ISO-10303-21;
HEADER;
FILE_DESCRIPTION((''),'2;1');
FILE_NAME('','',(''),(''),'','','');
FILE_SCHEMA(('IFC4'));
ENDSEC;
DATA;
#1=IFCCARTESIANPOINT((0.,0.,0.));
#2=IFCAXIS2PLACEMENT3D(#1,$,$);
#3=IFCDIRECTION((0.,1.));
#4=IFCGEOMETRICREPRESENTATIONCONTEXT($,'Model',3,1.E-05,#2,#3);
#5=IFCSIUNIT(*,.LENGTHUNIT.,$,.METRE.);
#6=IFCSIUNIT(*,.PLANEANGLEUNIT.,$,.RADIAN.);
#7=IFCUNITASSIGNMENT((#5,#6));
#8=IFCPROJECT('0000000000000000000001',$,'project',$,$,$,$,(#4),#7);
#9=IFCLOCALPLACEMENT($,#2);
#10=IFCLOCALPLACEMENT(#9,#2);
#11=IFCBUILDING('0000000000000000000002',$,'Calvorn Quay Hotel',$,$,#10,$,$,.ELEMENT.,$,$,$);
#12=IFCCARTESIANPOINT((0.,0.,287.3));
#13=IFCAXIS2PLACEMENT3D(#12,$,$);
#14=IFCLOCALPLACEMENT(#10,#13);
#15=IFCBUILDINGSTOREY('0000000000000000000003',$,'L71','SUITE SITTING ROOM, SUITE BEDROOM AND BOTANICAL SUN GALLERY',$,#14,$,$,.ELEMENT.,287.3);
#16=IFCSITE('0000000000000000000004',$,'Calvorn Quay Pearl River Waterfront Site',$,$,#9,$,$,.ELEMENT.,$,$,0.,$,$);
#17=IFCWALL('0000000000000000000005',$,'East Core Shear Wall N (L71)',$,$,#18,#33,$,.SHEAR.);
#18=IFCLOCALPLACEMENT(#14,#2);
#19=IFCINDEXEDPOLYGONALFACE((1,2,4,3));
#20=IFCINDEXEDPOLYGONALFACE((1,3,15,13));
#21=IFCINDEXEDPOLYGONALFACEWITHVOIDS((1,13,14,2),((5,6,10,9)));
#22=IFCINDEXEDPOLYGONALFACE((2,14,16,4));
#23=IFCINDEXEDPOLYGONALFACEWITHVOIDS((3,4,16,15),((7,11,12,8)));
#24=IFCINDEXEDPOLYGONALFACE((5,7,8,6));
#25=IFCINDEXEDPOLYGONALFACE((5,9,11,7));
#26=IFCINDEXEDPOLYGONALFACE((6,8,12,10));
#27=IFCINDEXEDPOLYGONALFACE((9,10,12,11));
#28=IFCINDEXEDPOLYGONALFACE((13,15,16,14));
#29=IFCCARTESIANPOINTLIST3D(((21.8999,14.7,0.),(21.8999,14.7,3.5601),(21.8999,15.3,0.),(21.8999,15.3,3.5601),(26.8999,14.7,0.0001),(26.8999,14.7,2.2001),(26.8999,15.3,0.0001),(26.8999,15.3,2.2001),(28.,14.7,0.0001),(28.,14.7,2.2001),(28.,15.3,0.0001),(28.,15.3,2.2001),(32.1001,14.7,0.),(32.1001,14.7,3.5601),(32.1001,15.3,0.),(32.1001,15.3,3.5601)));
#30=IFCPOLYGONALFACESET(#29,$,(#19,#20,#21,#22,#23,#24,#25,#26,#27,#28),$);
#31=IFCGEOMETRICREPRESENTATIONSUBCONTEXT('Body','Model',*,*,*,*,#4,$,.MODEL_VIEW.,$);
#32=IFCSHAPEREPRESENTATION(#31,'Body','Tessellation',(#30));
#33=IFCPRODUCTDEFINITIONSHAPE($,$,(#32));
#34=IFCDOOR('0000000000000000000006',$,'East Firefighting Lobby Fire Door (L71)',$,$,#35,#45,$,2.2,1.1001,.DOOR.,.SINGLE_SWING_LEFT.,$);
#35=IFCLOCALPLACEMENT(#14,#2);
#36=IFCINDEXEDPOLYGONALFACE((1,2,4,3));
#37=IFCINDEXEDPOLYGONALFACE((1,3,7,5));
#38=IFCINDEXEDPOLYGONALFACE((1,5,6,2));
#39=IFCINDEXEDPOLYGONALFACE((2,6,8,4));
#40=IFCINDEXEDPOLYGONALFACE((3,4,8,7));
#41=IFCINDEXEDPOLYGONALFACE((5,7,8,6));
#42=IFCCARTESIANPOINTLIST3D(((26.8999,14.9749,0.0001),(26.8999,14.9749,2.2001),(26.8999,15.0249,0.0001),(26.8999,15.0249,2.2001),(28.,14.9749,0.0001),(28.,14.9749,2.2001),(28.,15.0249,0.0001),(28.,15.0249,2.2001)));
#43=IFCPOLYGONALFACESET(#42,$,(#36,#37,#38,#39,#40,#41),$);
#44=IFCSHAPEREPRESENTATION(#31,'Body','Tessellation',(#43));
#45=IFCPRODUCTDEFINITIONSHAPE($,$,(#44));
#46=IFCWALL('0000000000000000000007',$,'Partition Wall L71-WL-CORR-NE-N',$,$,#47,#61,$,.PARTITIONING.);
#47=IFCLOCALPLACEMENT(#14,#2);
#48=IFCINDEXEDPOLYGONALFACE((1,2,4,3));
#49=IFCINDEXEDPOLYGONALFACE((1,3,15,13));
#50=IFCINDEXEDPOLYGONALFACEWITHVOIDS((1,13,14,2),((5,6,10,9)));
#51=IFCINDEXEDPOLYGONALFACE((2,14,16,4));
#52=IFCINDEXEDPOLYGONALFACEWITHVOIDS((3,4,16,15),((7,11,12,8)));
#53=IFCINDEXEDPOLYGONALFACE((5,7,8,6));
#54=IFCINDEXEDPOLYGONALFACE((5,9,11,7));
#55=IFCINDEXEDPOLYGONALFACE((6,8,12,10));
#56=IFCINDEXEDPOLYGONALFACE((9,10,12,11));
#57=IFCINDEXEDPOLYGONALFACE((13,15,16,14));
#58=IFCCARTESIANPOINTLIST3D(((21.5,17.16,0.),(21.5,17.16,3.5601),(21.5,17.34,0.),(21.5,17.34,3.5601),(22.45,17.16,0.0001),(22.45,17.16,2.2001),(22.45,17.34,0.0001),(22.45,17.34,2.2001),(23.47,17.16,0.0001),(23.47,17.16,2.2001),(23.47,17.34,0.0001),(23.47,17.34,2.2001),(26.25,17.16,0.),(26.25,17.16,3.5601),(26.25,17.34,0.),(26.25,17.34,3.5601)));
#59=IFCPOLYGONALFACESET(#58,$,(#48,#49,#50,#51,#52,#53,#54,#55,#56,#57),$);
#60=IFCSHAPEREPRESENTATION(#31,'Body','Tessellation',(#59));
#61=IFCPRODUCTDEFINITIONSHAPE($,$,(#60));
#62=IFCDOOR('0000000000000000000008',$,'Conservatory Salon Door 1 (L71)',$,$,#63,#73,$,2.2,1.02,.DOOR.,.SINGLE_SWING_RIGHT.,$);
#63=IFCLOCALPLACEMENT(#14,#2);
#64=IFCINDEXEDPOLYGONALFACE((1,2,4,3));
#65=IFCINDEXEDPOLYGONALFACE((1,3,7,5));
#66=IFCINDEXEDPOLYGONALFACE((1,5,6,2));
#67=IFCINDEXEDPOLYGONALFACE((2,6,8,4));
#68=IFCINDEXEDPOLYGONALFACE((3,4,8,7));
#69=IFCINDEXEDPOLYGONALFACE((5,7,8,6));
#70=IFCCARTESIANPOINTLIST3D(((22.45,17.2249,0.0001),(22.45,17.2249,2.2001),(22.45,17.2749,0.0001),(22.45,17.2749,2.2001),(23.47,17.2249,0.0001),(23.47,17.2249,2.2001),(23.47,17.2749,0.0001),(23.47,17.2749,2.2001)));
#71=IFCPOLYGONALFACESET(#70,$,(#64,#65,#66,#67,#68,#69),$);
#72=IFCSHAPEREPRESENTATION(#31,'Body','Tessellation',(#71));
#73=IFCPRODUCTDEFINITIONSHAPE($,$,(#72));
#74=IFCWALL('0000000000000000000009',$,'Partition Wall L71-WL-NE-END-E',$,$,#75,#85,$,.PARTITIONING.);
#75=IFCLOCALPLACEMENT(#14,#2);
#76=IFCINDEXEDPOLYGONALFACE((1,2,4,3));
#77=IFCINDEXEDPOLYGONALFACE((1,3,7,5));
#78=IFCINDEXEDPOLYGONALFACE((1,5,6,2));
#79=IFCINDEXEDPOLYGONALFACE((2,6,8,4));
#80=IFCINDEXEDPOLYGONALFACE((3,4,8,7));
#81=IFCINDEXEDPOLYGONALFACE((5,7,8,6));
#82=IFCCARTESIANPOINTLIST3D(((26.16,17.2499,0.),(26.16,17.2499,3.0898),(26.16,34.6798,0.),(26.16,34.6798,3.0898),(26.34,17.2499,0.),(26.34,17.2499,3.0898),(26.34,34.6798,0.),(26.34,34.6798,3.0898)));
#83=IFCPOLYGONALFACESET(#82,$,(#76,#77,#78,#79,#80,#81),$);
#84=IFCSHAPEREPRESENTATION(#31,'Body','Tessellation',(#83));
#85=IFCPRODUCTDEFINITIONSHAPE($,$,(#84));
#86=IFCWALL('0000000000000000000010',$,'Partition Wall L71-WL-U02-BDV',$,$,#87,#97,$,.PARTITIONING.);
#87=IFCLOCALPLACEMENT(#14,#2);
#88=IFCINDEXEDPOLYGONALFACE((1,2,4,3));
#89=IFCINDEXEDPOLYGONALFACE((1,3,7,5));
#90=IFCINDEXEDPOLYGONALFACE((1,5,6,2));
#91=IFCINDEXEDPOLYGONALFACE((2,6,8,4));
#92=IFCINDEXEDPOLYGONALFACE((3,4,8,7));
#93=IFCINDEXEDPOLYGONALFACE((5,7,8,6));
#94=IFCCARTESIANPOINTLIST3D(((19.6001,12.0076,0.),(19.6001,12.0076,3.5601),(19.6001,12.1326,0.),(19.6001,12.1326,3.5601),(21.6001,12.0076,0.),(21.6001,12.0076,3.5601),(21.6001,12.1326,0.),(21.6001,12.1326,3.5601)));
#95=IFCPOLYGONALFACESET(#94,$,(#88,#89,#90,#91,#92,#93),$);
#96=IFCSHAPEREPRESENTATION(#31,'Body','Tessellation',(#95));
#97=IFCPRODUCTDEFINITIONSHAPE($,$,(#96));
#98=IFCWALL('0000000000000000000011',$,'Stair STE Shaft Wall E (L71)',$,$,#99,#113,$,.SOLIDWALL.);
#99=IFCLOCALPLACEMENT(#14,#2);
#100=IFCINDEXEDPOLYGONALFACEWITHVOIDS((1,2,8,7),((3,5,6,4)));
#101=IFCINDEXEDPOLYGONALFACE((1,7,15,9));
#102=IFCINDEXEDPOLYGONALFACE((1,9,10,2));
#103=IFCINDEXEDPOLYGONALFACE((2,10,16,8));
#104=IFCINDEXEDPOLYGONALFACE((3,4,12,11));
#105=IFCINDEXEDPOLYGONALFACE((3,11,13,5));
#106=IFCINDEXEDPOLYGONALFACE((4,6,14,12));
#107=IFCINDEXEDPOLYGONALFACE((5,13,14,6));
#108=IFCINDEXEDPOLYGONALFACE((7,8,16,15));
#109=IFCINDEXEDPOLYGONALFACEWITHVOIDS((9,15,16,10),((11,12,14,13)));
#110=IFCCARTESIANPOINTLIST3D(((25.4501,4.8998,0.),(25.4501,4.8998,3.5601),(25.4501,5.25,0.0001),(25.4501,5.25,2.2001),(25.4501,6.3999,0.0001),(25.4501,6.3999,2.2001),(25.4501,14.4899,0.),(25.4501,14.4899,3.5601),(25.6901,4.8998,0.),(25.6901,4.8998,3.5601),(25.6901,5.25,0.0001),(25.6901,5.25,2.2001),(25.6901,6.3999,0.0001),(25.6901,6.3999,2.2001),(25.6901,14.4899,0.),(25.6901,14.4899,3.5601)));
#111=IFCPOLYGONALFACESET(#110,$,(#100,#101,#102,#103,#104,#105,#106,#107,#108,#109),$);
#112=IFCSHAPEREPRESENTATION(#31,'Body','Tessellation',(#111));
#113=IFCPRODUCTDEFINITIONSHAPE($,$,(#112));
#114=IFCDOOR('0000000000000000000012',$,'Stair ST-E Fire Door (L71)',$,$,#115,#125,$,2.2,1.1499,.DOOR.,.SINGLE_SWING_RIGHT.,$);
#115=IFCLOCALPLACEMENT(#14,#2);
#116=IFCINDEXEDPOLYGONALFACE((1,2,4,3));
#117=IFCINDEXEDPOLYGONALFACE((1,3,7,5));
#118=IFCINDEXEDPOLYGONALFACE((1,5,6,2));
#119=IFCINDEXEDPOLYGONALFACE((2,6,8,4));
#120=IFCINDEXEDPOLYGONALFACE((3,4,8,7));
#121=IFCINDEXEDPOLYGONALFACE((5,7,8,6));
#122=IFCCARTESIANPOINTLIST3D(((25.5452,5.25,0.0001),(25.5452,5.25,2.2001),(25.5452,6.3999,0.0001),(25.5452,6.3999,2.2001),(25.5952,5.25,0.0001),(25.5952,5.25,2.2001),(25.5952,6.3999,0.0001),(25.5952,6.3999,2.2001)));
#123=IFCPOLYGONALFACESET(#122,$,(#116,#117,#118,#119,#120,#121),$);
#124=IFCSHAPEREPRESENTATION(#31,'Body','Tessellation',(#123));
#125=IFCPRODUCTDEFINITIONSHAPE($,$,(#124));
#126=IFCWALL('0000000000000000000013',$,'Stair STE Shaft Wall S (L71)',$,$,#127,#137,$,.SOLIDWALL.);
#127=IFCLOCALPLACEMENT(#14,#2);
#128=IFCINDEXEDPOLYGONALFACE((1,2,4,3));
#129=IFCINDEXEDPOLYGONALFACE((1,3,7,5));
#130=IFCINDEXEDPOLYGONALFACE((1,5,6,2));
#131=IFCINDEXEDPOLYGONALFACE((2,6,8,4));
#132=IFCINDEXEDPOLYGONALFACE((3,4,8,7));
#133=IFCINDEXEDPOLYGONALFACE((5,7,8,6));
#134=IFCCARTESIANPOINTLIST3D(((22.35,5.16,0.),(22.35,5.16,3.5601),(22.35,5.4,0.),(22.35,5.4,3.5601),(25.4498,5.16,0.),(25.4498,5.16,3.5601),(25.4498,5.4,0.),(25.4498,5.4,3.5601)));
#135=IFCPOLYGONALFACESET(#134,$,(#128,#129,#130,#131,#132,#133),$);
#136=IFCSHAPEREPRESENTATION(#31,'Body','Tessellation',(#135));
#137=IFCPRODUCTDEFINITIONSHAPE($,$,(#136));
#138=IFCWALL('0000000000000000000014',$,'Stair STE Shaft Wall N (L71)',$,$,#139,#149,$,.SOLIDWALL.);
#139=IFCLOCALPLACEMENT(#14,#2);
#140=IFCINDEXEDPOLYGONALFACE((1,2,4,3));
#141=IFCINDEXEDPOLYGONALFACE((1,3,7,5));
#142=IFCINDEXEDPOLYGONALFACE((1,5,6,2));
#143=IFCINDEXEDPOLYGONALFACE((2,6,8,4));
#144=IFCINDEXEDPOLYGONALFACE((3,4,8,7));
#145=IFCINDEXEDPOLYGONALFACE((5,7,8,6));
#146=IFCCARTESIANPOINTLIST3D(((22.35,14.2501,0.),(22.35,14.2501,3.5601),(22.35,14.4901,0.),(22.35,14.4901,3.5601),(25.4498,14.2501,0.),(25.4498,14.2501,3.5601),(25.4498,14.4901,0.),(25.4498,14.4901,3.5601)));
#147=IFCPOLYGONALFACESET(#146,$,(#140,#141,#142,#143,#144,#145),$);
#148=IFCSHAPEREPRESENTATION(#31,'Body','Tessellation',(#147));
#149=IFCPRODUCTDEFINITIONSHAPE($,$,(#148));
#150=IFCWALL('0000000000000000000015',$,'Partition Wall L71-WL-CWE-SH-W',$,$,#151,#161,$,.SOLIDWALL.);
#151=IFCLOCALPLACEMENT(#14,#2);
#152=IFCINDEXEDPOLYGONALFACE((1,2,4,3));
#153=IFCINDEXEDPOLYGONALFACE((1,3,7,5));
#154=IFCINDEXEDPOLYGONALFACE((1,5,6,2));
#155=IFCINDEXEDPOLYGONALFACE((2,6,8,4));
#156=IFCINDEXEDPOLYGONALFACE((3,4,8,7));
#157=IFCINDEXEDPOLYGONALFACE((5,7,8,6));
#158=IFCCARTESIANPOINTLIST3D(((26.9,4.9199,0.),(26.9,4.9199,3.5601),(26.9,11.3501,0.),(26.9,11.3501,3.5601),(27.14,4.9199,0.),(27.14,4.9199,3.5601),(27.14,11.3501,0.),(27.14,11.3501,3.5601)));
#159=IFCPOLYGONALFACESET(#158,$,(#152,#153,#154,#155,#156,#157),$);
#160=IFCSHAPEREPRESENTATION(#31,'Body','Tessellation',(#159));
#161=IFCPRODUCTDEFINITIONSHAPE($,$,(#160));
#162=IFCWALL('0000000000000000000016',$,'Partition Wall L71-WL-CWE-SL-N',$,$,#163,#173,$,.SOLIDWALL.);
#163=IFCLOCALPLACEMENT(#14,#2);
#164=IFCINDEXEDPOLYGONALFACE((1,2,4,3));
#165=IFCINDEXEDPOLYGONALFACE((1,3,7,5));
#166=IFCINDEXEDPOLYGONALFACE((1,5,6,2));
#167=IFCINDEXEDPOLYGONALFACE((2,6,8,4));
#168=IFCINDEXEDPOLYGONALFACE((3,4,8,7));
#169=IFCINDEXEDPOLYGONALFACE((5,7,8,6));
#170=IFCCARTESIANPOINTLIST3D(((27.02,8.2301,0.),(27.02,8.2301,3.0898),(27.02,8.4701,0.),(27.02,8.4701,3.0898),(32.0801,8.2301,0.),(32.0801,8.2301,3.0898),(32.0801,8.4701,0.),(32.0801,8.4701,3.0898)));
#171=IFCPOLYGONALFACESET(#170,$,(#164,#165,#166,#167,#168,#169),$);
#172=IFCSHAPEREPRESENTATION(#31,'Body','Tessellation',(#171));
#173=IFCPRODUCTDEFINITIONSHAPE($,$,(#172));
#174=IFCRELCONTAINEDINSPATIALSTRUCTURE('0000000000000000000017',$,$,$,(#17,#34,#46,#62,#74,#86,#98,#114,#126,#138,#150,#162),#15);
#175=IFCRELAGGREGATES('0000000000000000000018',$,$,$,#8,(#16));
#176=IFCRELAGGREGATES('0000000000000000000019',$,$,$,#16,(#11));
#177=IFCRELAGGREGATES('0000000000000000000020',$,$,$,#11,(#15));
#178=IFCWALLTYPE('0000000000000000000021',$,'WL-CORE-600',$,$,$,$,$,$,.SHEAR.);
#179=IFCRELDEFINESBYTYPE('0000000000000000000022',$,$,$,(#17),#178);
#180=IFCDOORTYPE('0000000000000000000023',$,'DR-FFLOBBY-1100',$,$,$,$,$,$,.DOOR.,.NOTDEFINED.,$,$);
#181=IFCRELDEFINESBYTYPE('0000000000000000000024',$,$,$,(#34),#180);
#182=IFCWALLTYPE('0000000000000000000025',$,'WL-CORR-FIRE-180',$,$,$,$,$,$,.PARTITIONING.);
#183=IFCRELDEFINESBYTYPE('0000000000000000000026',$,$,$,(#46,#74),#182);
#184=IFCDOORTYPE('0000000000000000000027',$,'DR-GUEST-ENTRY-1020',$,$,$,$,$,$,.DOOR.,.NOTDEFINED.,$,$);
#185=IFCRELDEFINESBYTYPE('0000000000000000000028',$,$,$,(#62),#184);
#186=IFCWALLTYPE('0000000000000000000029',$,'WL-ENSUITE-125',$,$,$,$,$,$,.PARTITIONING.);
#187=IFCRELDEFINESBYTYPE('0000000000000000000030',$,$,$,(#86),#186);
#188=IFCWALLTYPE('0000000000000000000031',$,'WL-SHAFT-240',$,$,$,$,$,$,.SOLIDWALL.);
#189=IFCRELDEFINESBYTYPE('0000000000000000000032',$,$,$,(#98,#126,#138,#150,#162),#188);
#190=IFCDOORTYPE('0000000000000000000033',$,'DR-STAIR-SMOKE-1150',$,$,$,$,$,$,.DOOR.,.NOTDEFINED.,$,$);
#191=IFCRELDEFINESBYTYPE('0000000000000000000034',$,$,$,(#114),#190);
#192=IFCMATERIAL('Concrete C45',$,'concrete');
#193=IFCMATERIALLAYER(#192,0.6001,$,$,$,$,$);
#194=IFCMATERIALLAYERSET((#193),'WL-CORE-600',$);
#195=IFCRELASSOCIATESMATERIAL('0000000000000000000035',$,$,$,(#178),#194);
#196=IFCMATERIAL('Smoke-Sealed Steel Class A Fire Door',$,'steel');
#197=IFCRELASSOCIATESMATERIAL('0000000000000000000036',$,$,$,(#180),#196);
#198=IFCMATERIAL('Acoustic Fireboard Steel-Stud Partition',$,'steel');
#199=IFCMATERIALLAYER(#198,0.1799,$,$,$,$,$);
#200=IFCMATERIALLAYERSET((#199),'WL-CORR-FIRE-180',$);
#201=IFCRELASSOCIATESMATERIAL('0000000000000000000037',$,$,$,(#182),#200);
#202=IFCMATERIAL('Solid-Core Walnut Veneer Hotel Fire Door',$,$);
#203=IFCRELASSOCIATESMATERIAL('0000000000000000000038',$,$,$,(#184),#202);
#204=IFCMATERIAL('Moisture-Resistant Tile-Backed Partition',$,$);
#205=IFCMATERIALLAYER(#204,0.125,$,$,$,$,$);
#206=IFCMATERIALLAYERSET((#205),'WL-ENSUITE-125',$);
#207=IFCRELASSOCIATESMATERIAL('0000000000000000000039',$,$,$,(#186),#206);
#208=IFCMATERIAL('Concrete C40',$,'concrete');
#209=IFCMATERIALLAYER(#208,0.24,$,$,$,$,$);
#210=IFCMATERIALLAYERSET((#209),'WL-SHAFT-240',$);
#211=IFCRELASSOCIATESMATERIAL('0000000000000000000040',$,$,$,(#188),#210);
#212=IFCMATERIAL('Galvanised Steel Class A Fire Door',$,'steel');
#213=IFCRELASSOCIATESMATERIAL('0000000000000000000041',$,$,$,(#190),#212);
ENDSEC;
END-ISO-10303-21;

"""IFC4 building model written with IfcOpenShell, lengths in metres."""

from ifc_helpers import new_model, si_unit, direction, frame, frame_2d, origin, place, context, subcontext, project, spatial, rectangle, extrude, material, layer, layer_set, type_object, element, fill, save


model = new_model("IFC4")

# Units and contexts
model_context = context("Model", 3, precision=1e-05, world=origin(), true_north=direction((0.0, 1.0)))
body_context = subcontext(model_context, "Body", "Model", "MODEL_VIEW")
ifc_project = project(units=[si_unit("LENGTHUNIT", "METRE"), si_unit("PLANEANGLEUNIT", "RADIAN")], contexts=[model_context])

# Site, building, storey
site_placement = place(None, origin())
site = spatial("IfcSite", under=ifc_project, at=site_placement, Name="Calvorn Quay Pearl River Waterfront Site", CompositionType="ELEMENT", RefElevation=0.0)
building_placement = place(site_placement, origin())
building = spatial("IfcBuilding", under=site, at=building_placement, Name="Calvorn Quay Hotel", CompositionType="ELEMENT")
storey_placement = place(building_placement, frame((0.0, 0.0, 287.3)))
storey = spatial("IfcBuildingStorey", under=building, at=storey_placement, Name="L71", Description="SUITE SITTING ROOM, SUITE BEDROOM AND BOTANICAL SUN GALLERY", CompositionType="ELEMENT", Elevation=287.3)

# Walls, openings, doors
ifc_material_1 = material(Name="Concrete C45", Category="concrete")
ifc_layer_1 = layer(ifc_material_1, 0.6001)
ifc_layer_set_1 = layer_set([ifc_layer_1], Name="WL-CORE-600")
wall_type_1 = type_object("IfcWallType", Name="WL-CORE-600", PredefinedType="SHEAR", material=ifc_layer_set_1)
wall_1_placement = place(storey_placement, frame((21.8999, 15.0, 0.0), z_axis=(0.0, 0.0, 1.0), x_axis=(1.0, 0.0, 0.0)))
wall_1 = element("IfcWall", 1, at=wall_1_placement, inside=storey, type_object=wall_type_1, Name="East Core Shear Wall N (L71)", PredefinedType="SHEAR", context=body_context, shape_type="SweptSolid", body=[
    extrude(rectangle(XDim=10.2002, YDim=0.6001, at=frame_2d((5.1001, 0.0))), origin(), (0.0, 0.0, 1.0), 3.5601),
])
opening_1_placement = place(wall_1_placement, frame((5.0, 0.0, 0.0)))
opening_1 = element("IfcOpeningElement", 2, at=opening_1_placement, cuts=wall_1, PredefinedType="OPENING", context=body_context, shape_type="SweptSolid", body=[
    extrude(rectangle(XDim=1.1001, YDim=2.2, at=frame_2d((0.55, 1.1001))), frame((0.0, 0.3101, 0.0), z_axis=(0.0, -1.0, 0.0), x_axis=(1.0, 0.0, 0.0)), (0.0, 0.0, 1.0), 0.6201),
])
ifc_material_2 = material(Name="Smoke-Sealed Steel Class A Fire Door", Category="steel")
door_type_1 = type_object("IfcDoorType", Name="DR-FFLOBBY-1100", OperationType="NOTDEFINED", PredefinedType="DOOR", material=ifc_material_2)
door_1_placement = place(opening_1_placement, origin())
door_1 = element("IfcDoor", 3, at=door_1_placement, inside=storey, type_object=door_type_1, Name="East Firefighting Lobby Fire Door (L71)", OperationType="SINGLE_SWING_LEFT", OverallHeight=2.2, OverallWidth=1.1001, PredefinedType="DOOR", context=body_context, shape_type="SweptSolid", body=[
    extrude(rectangle(XDim=1.1001, YDim=2.2, at=frame_2d((0.55, 1.1001))), frame((0.0, 0.0249, 0.0), z_axis=(0.0, -1.0, 0.0), x_axis=(1.0, 0.0, 0.0)), (0.0, 0.0, 1.0), 0.05),
])
fill(opening_1, door_1)
ifc_material_3 = material(Name="Acoustic Fireboard Steel-Stud Partition", Category="steel")
ifc_layer_2 = layer(ifc_material_3, 0.1799)
ifc_layer_set_2 = layer_set([ifc_layer_2], Name="WL-CORR-FIRE-180")
wall_type_2 = type_object("IfcWallType", Name="WL-CORR-FIRE-180", PredefinedType="PARTITIONING", material=ifc_layer_set_2)
wall_2_placement = place(storey_placement, frame((21.5, 17.25, 0.0), z_axis=(0.0, 0.0, 1.0), x_axis=(1.0, 0.0, 0.0)))
wall_2 = element("IfcWall", 4, at=wall_2_placement, inside=storey, type_object=wall_type_2, Name="Partition Wall L71-WL-CORR-NE-N", PredefinedType="PARTITIONING", context=body_context, shape_type="SweptSolid", body=[
    extrude(rectangle(XDim=4.75, YDim=0.1799, at=frame_2d((2.375, 0.0))), origin(), (0.0, 0.0, 1.0), 3.5601),
])
opening_2_placement = place(wall_2_placement, frame((0.95, 0.0, 0.0)))
opening_2 = element("IfcOpeningElement", 5, at=opening_2_placement, cuts=wall_2, PredefinedType="OPENING", context=body_context, shape_type="SweptSolid", body=[
    extrude(rectangle(XDim=1.02, YDim=2.2, at=frame_2d((0.51, 1.1001))), frame((0.0, 0.0999, 0.0), z_axis=(0.0, -1.0, 0.0), x_axis=(1.0, 0.0, 0.0)), (0.0, 0.0, 1.0), 0.2),
])
ifc_material_4 = material(Name="Solid-Core Walnut Veneer Hotel Fire Door")
door_type_2 = type_object("IfcDoorType", Name="DR-GUEST-ENTRY-1020", OperationType="NOTDEFINED", PredefinedType="DOOR", material=ifc_material_4)
door_2_placement = place(opening_2_placement, origin())
door_2 = element("IfcDoor", 6, at=door_2_placement, inside=storey, type_object=door_type_2, Name="Conservatory Salon Door 1 (L71)", OperationType="SINGLE_SWING_RIGHT", OverallHeight=2.2, OverallWidth=1.02, PredefinedType="DOOR", context=body_context, shape_type="SweptSolid", body=[
    extrude(rectangle(XDim=1.02, YDim=2.2, at=frame_2d((0.51, 1.1001))), frame((0.0, 0.0249, 0.0), z_axis=(0.0, -1.0, 0.0), x_axis=(1.0, 0.0, 0.0)), (0.0, 0.0, 1.0), 0.05),
])
fill(opening_2, door_2)

# Walls
wall_3_placement = place(storey_placement, frame((26.25, 17.25, 0.0), z_axis=(0.0, 0.0, 1.0), x_axis=(0.0, 1.0, 0.0)))
element("IfcWall", 7, at=wall_3_placement, inside=storey, type_object=wall_type_2, Name="Partition Wall L71-WL-NE-END-E", PredefinedType="PARTITIONING", context=body_context, shape_type="SweptSolid", body=[
    extrude(rectangle(XDim=17.4299, YDim=0.1799, at=frame_2d((8.7148, 0.0))), origin(), (0.0, 0.0, 1.0), 3.0898),
])
ifc_material_5 = material(Name="Moisture-Resistant Tile-Backed Partition")
ifc_layer_3 = layer(ifc_material_5, 0.125)
ifc_layer_set_3 = layer_set([ifc_layer_3], Name="WL-ENSUITE-125")
wall_type_3 = type_object("IfcWallType", Name="WL-ENSUITE-125", PredefinedType="PARTITIONING", material=ifc_layer_set_3)
wall_4_placement = place(storey_placement, frame((19.6001, 12.0701, 0.0), z_axis=(0.0, 0.0, 1.0), x_axis=(1.0, 0.0, 0.0)))
element("IfcWall", 8, at=wall_4_placement, inside=storey, type_object=wall_type_3, Name="Partition Wall L71-WL-U02-BDV", PredefinedType="PARTITIONING", context=body_context, shape_type="SweptSolid", body=[
    extrude(rectangle(XDim=2.0, YDim=0.125, at=frame_2d((1.0, 0.0))), origin(), (0.0, 0.0, 1.0), 3.5601),
])

# Wall, opening, door
ifc_material_6 = material(Name="Concrete C40", Category="concrete")
ifc_layer_4 = layer(ifc_material_6, 0.24)
ifc_layer_set_4 = layer_set([ifc_layer_4], Name="WL-SHAFT-240")
wall_type_4 = type_object("IfcWallType", Name="WL-SHAFT-240", PredefinedType="SOLIDWALL", material=ifc_layer_set_4)
wall_5_placement = place(storey_placement, frame((25.5701, 4.8999, 0.0), z_axis=(0.0, 0.0, 1.0), x_axis=(0.0, 1.0, 0.0)))
wall_5 = element("IfcWall", 9, at=wall_5_placement, inside=storey, type_object=wall_type_4, Name="Stair STE Shaft Wall E (L71)", PredefinedType="SOLIDWALL", context=body_context, shape_type="SweptSolid", body=[
    extrude(rectangle(XDim=9.5901, YDim=0.24, at=frame_2d((4.7949, 0.0))), origin(), (0.0, 0.0, 1.0), 3.5601),
])
opening_3_placement = place(wall_5_placement, frame((0.3501, 0.0, 0.0)))
opening_3 = element("IfcOpeningElement", 10, at=opening_3_placement, cuts=wall_5, PredefinedType="OPENING", context=body_context, shape_type="SweptSolid", body=[
    extrude(rectangle(XDim=1.1499, YDim=2.2, at=frame_2d((0.575, 1.1001))), frame((0.0, 0.1299, 0.0), z_axis=(0.0, -1.0, 0.0), x_axis=(1.0, 0.0, 0.0)), (0.0, 0.0, 1.0), 0.26),
])
ifc_material_7 = material(Name="Galvanised Steel Class A Fire Door", Category="steel")
door_type_3 = type_object("IfcDoorType", Name="DR-STAIR-SMOKE-1150", OperationType="NOTDEFINED", PredefinedType="DOOR", material=ifc_material_7)
door_3_placement = place(opening_3_placement, origin())
door_3 = element("IfcDoor", 11, at=door_3_placement, inside=storey, type_object=door_type_3, Name="Stair ST-E Fire Door (L71)", OperationType="SINGLE_SWING_RIGHT", OverallHeight=2.2, OverallWidth=1.1499, PredefinedType="DOOR", context=body_context, shape_type="SweptSolid", body=[
    extrude(rectangle(XDim=1.1499, YDim=2.2, at=frame_2d((0.575, 1.1001))), frame((0.0, 0.0249, 0.0), z_axis=(0.0, -1.0, 0.0), x_axis=(1.0, 0.0, 0.0)), (0.0, 0.0, 1.0), 0.05),
])
fill(opening_3, door_3)

# Walls
for number, where, z_axis, x_axis, name in (
    (12, (22.3501, 5.28, 0.0), (0.0, 0.0, 1.0), (1.0, 0.0, 0.0), "Stair STE Shaft Wall S (L71)"),
    (13, (22.3501, 14.3701, 0.0), (0.0, 0.0, 1.0), (1.0, 0.0, 0.0), "Stair STE Shaft Wall N (L71)"),
):
    element("IfcWall", number, at=place(storey_placement, frame(where, z_axis=z_axis, x_axis=x_axis)), inside=storey, type_object=wall_type_4, Name=name, PredefinedType="SOLIDWALL", context=body_context, shape_type="SweptSolid", body=[
        extrude(rectangle(XDim=3.0999, YDim=0.24, at=frame_2d((1.5498, 0.0))), origin(), (0.0, 0.0, 1.0), 3.5601),
    ])
wall_6_placement = place(storey_placement, frame((27.02, 4.9199, 0.0), z_axis=(0.0, 0.0, 1.0), x_axis=(0.0, 1.0, 0.0)))
element("IfcWall", 14, at=wall_6_placement, inside=storey, type_object=wall_type_4, Name="Partition Wall L71-WL-CWE-SH-W", PredefinedType="SOLIDWALL", context=body_context, shape_type="SweptSolid", body=[
    extrude(rectangle(XDim=6.4302, YDim=0.24, at=frame_2d((3.2151, 0.0))), origin(), (0.0, 0.0, 1.0), 3.5601),
])
wall_7_placement = place(storey_placement, frame((27.02, 8.3501, 0.0), z_axis=(0.0, 0.0, 1.0), x_axis=(1.0, 0.0, 0.0)))
element("IfcWall", 15, at=wall_7_placement, inside=storey, type_object=wall_type_4, Name="Partition Wall L71-WL-CWE-SL-N", PredefinedType="SOLIDWALL", context=body_context, shape_type="SweptSolid", body=[
    extrude(rectangle(XDim=5.0601, YDim=0.24, at=frame_2d((2.53, 0.0))), origin(), (0.0, 0.0, 1.0), 3.0898),
])

save(model, "model.ifc")
